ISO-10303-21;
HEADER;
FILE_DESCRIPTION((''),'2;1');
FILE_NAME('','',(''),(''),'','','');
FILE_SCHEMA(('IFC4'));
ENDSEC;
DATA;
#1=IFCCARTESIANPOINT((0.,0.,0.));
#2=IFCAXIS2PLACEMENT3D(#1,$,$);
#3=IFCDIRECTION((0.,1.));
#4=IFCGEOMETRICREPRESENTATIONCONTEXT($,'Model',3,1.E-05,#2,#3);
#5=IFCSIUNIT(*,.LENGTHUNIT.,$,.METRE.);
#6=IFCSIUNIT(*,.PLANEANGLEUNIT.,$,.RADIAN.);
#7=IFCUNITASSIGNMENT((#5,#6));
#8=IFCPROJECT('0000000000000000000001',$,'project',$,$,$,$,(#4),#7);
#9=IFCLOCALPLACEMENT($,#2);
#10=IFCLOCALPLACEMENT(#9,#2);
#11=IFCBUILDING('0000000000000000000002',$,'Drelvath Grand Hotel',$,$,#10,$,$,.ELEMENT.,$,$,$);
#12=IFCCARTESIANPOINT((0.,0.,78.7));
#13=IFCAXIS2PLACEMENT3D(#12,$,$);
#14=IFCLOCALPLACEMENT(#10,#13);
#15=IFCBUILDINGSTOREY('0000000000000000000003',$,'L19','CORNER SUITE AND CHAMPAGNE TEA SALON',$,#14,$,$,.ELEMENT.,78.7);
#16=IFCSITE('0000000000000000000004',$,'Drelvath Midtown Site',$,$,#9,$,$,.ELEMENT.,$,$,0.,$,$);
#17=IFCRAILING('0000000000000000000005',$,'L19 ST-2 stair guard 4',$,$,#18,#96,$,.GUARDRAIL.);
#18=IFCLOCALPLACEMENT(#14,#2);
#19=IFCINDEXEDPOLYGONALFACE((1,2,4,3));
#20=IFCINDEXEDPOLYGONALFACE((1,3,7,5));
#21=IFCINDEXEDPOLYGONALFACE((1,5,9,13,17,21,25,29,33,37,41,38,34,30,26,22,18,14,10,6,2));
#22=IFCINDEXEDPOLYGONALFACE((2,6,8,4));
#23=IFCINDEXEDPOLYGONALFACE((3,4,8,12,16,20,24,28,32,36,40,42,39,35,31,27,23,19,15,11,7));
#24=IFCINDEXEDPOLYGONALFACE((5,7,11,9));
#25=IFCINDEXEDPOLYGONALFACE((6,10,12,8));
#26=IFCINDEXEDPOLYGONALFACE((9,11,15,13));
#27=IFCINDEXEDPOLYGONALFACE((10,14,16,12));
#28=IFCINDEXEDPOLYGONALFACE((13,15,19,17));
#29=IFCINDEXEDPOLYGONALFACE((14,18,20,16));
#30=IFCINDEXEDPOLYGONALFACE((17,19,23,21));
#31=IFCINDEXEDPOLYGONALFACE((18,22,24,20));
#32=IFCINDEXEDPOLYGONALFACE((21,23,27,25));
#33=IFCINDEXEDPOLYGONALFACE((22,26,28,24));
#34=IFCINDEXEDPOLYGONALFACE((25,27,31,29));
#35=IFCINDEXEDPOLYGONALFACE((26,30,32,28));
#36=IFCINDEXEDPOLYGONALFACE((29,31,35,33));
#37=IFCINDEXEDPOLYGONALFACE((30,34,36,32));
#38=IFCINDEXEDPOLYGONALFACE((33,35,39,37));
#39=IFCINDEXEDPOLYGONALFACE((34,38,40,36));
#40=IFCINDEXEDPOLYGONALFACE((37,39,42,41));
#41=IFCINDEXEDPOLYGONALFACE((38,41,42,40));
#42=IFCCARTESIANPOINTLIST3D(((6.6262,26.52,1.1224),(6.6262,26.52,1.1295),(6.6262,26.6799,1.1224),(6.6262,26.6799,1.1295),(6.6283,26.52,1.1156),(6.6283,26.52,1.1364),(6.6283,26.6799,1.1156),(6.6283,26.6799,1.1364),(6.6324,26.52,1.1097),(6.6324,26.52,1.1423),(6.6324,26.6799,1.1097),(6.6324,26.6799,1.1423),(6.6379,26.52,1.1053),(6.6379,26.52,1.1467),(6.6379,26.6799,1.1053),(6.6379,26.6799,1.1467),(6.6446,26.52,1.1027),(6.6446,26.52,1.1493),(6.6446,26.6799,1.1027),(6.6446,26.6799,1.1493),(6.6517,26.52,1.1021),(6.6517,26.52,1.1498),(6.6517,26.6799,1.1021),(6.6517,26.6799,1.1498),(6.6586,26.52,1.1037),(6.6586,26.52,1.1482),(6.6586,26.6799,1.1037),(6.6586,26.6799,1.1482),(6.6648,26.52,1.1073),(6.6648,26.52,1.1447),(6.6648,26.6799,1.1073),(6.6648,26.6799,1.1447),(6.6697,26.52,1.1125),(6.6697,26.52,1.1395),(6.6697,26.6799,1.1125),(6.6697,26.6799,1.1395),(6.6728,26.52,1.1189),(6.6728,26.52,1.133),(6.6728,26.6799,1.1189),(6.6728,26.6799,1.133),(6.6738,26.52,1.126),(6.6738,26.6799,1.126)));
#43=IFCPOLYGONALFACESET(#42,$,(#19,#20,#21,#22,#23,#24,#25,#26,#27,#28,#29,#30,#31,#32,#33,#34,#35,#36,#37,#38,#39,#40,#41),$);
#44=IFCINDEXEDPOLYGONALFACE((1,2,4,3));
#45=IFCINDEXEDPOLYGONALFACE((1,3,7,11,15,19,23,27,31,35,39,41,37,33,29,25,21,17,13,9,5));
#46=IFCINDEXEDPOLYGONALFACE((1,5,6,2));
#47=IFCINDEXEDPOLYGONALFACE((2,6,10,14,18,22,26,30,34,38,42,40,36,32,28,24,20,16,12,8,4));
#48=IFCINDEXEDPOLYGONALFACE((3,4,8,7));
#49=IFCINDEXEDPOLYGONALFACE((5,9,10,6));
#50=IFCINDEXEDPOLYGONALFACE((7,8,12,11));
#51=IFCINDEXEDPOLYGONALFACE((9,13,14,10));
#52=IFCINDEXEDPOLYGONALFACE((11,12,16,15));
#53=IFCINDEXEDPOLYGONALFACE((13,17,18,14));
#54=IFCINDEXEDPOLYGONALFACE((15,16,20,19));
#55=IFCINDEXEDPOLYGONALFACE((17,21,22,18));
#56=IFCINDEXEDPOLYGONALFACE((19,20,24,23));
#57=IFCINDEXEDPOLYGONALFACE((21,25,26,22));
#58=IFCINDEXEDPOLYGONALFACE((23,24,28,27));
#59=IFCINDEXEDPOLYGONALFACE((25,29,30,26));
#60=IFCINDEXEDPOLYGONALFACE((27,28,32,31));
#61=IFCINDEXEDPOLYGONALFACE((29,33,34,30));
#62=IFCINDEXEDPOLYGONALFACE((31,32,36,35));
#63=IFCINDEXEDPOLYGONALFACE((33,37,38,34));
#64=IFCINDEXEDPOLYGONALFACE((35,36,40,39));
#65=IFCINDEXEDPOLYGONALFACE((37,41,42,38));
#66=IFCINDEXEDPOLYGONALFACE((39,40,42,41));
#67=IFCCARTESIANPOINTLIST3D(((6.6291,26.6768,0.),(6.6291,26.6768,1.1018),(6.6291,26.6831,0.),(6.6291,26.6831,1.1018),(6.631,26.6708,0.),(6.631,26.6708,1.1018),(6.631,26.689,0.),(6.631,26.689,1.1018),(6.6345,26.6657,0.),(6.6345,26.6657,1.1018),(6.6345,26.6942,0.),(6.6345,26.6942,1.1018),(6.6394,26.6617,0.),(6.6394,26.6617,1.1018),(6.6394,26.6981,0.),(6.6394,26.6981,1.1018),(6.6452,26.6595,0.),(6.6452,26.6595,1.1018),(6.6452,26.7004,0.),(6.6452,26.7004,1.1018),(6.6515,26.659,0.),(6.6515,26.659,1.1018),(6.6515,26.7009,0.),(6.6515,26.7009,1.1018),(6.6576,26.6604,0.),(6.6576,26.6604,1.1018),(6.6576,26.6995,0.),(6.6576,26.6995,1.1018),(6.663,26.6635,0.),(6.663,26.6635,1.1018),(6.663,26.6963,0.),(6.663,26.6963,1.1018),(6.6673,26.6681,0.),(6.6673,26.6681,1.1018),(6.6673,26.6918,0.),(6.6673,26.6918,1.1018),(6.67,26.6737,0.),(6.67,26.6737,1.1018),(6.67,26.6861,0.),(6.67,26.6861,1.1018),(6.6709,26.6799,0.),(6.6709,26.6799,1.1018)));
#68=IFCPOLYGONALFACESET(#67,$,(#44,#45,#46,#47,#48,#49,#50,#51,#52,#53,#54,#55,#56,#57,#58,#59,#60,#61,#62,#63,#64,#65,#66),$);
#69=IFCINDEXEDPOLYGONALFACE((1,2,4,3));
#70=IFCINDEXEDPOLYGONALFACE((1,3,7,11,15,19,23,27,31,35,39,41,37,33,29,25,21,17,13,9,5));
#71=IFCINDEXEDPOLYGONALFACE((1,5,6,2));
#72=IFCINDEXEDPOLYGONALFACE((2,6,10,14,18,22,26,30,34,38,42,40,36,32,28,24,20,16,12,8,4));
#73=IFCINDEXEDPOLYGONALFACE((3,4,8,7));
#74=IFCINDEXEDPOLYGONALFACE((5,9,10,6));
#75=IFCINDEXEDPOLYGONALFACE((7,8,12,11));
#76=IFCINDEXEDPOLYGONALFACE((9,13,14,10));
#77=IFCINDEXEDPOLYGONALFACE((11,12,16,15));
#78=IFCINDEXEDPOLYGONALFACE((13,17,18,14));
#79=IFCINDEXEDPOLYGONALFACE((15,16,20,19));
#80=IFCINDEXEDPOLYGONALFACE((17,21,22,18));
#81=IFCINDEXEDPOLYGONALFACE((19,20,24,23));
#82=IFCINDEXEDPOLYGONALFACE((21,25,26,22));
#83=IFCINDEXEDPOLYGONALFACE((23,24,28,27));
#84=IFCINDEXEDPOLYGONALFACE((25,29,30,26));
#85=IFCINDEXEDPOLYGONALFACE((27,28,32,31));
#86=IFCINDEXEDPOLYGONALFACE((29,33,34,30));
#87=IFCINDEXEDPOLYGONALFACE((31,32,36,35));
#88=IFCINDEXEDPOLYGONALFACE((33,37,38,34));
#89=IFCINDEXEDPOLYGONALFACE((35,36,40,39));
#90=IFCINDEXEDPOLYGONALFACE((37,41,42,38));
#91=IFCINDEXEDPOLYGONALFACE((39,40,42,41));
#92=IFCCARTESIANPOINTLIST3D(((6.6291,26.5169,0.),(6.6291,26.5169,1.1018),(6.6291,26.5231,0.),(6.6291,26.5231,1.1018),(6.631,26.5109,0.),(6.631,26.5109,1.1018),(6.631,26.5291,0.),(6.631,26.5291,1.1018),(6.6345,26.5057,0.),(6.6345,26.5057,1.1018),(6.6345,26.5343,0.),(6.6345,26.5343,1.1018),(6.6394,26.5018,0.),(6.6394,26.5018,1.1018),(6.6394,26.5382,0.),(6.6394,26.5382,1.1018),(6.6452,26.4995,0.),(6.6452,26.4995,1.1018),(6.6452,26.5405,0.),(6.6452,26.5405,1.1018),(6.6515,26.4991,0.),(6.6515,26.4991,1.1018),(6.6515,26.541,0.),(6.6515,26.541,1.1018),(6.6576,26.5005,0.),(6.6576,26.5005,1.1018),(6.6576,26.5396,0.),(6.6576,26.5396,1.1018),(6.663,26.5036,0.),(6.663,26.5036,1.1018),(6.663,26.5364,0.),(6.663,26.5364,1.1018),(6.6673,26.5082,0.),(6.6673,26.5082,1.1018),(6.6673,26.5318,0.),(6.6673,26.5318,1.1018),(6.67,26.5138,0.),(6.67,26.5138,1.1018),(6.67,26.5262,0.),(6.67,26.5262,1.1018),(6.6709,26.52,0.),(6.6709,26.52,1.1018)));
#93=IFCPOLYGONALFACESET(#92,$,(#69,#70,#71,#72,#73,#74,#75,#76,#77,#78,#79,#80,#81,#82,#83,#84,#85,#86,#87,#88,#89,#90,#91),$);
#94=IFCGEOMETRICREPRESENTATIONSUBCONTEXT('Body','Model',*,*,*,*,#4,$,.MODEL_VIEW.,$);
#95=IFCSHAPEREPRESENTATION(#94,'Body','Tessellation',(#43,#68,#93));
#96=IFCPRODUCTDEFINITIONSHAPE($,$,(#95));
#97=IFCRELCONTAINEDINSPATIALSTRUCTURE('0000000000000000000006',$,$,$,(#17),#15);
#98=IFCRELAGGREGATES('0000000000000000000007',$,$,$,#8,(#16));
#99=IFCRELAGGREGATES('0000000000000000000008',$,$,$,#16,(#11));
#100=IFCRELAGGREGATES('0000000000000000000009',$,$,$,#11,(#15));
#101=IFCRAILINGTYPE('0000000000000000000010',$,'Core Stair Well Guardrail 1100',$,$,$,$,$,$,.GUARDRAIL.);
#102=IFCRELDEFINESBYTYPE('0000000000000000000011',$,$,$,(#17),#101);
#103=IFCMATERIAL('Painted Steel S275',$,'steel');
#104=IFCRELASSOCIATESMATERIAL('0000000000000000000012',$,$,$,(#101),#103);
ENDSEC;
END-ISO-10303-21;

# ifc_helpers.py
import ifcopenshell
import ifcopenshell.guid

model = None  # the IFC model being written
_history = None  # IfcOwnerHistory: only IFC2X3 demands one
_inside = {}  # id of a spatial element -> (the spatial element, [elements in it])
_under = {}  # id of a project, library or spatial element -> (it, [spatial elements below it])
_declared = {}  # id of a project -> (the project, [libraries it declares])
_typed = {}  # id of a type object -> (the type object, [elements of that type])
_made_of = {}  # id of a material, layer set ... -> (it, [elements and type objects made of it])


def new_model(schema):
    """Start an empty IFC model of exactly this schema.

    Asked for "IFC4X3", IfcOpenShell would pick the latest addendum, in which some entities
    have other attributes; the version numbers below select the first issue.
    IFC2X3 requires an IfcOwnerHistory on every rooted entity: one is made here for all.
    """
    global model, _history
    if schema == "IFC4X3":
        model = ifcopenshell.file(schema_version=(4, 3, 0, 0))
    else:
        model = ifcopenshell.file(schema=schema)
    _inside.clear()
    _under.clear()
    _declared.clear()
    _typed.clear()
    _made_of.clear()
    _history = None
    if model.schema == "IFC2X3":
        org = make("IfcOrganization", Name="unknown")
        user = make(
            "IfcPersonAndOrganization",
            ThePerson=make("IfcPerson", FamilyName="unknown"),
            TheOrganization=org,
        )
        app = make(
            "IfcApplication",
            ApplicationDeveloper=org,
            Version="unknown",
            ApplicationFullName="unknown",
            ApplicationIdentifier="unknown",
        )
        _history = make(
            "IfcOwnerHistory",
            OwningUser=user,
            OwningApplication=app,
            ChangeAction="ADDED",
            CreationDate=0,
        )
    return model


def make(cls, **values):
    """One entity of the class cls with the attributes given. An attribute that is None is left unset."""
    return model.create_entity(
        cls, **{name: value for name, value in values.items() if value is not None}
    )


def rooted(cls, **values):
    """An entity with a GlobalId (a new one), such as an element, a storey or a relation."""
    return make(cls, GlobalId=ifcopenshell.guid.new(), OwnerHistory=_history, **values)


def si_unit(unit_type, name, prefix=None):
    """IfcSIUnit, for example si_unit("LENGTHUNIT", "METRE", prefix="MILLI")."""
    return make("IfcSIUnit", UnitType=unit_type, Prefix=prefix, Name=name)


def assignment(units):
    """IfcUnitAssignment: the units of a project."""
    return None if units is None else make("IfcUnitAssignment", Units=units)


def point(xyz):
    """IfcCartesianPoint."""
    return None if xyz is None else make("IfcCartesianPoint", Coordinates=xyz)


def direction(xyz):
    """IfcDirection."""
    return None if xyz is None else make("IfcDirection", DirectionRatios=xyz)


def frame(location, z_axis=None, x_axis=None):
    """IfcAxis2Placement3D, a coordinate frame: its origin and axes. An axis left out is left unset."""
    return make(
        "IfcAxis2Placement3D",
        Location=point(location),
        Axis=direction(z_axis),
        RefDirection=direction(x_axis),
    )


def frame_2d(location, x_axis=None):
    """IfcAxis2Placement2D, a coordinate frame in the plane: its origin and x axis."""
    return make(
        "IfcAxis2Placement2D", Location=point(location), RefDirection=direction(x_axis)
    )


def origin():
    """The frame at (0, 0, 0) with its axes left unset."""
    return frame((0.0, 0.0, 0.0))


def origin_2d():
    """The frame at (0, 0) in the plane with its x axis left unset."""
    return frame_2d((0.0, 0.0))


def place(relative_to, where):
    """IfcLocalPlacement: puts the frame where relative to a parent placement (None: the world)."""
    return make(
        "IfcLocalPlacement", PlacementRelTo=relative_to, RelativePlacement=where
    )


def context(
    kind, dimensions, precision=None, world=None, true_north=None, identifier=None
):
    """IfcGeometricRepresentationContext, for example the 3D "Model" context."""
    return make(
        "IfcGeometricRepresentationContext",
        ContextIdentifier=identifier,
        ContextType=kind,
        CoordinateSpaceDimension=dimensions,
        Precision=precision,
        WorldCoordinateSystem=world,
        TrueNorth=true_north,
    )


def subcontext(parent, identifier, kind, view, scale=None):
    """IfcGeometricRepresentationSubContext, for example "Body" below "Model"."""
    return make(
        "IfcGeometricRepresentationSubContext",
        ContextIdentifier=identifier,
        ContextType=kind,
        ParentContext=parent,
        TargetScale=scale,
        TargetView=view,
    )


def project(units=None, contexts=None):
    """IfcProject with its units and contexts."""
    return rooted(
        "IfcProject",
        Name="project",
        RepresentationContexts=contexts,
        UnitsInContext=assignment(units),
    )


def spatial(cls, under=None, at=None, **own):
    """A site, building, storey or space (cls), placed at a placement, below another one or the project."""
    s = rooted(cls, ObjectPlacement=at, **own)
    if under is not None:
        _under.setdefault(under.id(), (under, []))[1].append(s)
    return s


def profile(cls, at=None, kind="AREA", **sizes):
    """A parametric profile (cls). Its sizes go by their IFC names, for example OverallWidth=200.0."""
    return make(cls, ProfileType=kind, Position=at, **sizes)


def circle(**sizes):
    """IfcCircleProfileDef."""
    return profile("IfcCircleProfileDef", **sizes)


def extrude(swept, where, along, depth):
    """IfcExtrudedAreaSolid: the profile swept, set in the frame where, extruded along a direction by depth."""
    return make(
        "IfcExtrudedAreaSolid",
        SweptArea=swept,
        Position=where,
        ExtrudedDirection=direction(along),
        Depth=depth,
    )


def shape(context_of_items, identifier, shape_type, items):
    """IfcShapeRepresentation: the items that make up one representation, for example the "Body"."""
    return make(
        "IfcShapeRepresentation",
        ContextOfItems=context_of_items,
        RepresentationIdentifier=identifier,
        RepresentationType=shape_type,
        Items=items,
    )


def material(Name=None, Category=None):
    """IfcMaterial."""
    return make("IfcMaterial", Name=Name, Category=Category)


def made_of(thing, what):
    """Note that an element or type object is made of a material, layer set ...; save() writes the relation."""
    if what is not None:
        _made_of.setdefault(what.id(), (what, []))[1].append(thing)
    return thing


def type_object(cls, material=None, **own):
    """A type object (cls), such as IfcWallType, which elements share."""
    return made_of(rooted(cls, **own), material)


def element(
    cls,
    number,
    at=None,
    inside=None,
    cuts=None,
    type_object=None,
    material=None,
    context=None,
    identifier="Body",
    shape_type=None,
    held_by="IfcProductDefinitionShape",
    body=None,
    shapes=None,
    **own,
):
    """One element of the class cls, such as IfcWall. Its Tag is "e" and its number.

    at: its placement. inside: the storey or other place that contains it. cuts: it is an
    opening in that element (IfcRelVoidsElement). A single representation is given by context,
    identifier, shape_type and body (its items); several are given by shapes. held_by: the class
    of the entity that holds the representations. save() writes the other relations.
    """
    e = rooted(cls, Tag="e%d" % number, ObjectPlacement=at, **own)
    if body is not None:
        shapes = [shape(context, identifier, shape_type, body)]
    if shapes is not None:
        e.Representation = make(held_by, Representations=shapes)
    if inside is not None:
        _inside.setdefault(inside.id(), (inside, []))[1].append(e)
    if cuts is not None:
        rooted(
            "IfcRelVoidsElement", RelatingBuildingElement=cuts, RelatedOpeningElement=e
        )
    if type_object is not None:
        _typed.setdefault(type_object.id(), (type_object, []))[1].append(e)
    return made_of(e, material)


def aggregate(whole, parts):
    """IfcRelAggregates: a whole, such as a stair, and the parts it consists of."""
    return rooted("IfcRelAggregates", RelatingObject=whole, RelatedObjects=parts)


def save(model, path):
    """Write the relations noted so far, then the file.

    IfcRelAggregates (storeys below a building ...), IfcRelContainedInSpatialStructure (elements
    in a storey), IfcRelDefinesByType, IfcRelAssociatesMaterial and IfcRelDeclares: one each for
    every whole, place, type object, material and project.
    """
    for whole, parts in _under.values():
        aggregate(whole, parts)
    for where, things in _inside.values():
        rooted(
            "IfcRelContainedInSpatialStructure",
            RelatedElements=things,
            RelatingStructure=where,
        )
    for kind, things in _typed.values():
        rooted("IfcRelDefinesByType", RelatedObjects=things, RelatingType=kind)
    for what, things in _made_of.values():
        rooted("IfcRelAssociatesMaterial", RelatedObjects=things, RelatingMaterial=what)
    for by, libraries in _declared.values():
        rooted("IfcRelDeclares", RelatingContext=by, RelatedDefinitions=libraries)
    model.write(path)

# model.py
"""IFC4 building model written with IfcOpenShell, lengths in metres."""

from ifc_helpers import new_model, si_unit, direction, frame, origin, origin_2d, place, context, subcontext, project, spatial, circle, extrude, material, type_object, element, save


model = new_model("IFC4")

# Units and contexts
model_context = context("Model", 3, precision=1e-05, world=origin(), true_north=direction((0.0, 1.0)))
body_context = subcontext(model_context, "Body", "Model", "MODEL_VIEW")
ifc_project = project(units=[si_unit("LENGTHUNIT", "METRE"), si_unit("PLANEANGLEUNIT", "RADIAN")], contexts=[model_context])

# Site, building, storey
site_placement = place(None, origin())
site = spatial("IfcSite", under=ifc_project, at=site_placement, Name="Drelvath Midtown Site", CompositionType="ELEMENT", RefElevation=0.0)
building_placement = place(site_placement, origin())
building = spatial("IfcBuilding", under=site, at=building_placement, Name="Drelvath Grand Hotel", CompositionType="ELEMENT")
storey_placement = place(building_placement, frame((0.0, 0.0, 78.7)))
storey = spatial("IfcBuildingStorey", under=building, at=storey_placement, Name="L19", Description="CORNER SUITE AND CHAMPAGNE TEA SALON", CompositionType="ELEMENT", Elevation=78.7)

# Shared definitions
ifc_material_1 = material(Name="Painted Steel S275", Category="steel")

# Railing
railing_type_1 = type_object("IfcRailingType", Name="Core Stair Well Guardrail 1100", PredefinedType="GUARDRAIL", material=ifc_material_1)
railing_1_placement = place(storey_placement, frame((6.6499, 26.6799, 0.0)))
element("IfcRailing", 1, at=railing_1_placement, inside=storey, type_object=railing_type_1, Name="L19 ST-2 stair guard 4", PredefinedType="GUARDRAIL", context=body_context, shape_type="SweptSolid", body=[
    extrude(circle(Radius=0.0239, at=origin_2d()), frame((0.0, 0.0, 1.126), z_axis=(0.0, -1.0, 0.0), x_axis=(1.0, 0.0, 0.0)), (0.0, 0.0, 1.0), 0.1599),
    extrude(circle(Radius=0.021, at=origin_2d()), origin(), (0.0, 0.0, 1.0), 1.1018),
    extrude(circle(Radius=0.021, at=origin_2d()), frame((0.0, -0.1599, 0.0)), (0.0, 0.0, 1.0), 1.1018),
])

save(model, "model.ifc")
